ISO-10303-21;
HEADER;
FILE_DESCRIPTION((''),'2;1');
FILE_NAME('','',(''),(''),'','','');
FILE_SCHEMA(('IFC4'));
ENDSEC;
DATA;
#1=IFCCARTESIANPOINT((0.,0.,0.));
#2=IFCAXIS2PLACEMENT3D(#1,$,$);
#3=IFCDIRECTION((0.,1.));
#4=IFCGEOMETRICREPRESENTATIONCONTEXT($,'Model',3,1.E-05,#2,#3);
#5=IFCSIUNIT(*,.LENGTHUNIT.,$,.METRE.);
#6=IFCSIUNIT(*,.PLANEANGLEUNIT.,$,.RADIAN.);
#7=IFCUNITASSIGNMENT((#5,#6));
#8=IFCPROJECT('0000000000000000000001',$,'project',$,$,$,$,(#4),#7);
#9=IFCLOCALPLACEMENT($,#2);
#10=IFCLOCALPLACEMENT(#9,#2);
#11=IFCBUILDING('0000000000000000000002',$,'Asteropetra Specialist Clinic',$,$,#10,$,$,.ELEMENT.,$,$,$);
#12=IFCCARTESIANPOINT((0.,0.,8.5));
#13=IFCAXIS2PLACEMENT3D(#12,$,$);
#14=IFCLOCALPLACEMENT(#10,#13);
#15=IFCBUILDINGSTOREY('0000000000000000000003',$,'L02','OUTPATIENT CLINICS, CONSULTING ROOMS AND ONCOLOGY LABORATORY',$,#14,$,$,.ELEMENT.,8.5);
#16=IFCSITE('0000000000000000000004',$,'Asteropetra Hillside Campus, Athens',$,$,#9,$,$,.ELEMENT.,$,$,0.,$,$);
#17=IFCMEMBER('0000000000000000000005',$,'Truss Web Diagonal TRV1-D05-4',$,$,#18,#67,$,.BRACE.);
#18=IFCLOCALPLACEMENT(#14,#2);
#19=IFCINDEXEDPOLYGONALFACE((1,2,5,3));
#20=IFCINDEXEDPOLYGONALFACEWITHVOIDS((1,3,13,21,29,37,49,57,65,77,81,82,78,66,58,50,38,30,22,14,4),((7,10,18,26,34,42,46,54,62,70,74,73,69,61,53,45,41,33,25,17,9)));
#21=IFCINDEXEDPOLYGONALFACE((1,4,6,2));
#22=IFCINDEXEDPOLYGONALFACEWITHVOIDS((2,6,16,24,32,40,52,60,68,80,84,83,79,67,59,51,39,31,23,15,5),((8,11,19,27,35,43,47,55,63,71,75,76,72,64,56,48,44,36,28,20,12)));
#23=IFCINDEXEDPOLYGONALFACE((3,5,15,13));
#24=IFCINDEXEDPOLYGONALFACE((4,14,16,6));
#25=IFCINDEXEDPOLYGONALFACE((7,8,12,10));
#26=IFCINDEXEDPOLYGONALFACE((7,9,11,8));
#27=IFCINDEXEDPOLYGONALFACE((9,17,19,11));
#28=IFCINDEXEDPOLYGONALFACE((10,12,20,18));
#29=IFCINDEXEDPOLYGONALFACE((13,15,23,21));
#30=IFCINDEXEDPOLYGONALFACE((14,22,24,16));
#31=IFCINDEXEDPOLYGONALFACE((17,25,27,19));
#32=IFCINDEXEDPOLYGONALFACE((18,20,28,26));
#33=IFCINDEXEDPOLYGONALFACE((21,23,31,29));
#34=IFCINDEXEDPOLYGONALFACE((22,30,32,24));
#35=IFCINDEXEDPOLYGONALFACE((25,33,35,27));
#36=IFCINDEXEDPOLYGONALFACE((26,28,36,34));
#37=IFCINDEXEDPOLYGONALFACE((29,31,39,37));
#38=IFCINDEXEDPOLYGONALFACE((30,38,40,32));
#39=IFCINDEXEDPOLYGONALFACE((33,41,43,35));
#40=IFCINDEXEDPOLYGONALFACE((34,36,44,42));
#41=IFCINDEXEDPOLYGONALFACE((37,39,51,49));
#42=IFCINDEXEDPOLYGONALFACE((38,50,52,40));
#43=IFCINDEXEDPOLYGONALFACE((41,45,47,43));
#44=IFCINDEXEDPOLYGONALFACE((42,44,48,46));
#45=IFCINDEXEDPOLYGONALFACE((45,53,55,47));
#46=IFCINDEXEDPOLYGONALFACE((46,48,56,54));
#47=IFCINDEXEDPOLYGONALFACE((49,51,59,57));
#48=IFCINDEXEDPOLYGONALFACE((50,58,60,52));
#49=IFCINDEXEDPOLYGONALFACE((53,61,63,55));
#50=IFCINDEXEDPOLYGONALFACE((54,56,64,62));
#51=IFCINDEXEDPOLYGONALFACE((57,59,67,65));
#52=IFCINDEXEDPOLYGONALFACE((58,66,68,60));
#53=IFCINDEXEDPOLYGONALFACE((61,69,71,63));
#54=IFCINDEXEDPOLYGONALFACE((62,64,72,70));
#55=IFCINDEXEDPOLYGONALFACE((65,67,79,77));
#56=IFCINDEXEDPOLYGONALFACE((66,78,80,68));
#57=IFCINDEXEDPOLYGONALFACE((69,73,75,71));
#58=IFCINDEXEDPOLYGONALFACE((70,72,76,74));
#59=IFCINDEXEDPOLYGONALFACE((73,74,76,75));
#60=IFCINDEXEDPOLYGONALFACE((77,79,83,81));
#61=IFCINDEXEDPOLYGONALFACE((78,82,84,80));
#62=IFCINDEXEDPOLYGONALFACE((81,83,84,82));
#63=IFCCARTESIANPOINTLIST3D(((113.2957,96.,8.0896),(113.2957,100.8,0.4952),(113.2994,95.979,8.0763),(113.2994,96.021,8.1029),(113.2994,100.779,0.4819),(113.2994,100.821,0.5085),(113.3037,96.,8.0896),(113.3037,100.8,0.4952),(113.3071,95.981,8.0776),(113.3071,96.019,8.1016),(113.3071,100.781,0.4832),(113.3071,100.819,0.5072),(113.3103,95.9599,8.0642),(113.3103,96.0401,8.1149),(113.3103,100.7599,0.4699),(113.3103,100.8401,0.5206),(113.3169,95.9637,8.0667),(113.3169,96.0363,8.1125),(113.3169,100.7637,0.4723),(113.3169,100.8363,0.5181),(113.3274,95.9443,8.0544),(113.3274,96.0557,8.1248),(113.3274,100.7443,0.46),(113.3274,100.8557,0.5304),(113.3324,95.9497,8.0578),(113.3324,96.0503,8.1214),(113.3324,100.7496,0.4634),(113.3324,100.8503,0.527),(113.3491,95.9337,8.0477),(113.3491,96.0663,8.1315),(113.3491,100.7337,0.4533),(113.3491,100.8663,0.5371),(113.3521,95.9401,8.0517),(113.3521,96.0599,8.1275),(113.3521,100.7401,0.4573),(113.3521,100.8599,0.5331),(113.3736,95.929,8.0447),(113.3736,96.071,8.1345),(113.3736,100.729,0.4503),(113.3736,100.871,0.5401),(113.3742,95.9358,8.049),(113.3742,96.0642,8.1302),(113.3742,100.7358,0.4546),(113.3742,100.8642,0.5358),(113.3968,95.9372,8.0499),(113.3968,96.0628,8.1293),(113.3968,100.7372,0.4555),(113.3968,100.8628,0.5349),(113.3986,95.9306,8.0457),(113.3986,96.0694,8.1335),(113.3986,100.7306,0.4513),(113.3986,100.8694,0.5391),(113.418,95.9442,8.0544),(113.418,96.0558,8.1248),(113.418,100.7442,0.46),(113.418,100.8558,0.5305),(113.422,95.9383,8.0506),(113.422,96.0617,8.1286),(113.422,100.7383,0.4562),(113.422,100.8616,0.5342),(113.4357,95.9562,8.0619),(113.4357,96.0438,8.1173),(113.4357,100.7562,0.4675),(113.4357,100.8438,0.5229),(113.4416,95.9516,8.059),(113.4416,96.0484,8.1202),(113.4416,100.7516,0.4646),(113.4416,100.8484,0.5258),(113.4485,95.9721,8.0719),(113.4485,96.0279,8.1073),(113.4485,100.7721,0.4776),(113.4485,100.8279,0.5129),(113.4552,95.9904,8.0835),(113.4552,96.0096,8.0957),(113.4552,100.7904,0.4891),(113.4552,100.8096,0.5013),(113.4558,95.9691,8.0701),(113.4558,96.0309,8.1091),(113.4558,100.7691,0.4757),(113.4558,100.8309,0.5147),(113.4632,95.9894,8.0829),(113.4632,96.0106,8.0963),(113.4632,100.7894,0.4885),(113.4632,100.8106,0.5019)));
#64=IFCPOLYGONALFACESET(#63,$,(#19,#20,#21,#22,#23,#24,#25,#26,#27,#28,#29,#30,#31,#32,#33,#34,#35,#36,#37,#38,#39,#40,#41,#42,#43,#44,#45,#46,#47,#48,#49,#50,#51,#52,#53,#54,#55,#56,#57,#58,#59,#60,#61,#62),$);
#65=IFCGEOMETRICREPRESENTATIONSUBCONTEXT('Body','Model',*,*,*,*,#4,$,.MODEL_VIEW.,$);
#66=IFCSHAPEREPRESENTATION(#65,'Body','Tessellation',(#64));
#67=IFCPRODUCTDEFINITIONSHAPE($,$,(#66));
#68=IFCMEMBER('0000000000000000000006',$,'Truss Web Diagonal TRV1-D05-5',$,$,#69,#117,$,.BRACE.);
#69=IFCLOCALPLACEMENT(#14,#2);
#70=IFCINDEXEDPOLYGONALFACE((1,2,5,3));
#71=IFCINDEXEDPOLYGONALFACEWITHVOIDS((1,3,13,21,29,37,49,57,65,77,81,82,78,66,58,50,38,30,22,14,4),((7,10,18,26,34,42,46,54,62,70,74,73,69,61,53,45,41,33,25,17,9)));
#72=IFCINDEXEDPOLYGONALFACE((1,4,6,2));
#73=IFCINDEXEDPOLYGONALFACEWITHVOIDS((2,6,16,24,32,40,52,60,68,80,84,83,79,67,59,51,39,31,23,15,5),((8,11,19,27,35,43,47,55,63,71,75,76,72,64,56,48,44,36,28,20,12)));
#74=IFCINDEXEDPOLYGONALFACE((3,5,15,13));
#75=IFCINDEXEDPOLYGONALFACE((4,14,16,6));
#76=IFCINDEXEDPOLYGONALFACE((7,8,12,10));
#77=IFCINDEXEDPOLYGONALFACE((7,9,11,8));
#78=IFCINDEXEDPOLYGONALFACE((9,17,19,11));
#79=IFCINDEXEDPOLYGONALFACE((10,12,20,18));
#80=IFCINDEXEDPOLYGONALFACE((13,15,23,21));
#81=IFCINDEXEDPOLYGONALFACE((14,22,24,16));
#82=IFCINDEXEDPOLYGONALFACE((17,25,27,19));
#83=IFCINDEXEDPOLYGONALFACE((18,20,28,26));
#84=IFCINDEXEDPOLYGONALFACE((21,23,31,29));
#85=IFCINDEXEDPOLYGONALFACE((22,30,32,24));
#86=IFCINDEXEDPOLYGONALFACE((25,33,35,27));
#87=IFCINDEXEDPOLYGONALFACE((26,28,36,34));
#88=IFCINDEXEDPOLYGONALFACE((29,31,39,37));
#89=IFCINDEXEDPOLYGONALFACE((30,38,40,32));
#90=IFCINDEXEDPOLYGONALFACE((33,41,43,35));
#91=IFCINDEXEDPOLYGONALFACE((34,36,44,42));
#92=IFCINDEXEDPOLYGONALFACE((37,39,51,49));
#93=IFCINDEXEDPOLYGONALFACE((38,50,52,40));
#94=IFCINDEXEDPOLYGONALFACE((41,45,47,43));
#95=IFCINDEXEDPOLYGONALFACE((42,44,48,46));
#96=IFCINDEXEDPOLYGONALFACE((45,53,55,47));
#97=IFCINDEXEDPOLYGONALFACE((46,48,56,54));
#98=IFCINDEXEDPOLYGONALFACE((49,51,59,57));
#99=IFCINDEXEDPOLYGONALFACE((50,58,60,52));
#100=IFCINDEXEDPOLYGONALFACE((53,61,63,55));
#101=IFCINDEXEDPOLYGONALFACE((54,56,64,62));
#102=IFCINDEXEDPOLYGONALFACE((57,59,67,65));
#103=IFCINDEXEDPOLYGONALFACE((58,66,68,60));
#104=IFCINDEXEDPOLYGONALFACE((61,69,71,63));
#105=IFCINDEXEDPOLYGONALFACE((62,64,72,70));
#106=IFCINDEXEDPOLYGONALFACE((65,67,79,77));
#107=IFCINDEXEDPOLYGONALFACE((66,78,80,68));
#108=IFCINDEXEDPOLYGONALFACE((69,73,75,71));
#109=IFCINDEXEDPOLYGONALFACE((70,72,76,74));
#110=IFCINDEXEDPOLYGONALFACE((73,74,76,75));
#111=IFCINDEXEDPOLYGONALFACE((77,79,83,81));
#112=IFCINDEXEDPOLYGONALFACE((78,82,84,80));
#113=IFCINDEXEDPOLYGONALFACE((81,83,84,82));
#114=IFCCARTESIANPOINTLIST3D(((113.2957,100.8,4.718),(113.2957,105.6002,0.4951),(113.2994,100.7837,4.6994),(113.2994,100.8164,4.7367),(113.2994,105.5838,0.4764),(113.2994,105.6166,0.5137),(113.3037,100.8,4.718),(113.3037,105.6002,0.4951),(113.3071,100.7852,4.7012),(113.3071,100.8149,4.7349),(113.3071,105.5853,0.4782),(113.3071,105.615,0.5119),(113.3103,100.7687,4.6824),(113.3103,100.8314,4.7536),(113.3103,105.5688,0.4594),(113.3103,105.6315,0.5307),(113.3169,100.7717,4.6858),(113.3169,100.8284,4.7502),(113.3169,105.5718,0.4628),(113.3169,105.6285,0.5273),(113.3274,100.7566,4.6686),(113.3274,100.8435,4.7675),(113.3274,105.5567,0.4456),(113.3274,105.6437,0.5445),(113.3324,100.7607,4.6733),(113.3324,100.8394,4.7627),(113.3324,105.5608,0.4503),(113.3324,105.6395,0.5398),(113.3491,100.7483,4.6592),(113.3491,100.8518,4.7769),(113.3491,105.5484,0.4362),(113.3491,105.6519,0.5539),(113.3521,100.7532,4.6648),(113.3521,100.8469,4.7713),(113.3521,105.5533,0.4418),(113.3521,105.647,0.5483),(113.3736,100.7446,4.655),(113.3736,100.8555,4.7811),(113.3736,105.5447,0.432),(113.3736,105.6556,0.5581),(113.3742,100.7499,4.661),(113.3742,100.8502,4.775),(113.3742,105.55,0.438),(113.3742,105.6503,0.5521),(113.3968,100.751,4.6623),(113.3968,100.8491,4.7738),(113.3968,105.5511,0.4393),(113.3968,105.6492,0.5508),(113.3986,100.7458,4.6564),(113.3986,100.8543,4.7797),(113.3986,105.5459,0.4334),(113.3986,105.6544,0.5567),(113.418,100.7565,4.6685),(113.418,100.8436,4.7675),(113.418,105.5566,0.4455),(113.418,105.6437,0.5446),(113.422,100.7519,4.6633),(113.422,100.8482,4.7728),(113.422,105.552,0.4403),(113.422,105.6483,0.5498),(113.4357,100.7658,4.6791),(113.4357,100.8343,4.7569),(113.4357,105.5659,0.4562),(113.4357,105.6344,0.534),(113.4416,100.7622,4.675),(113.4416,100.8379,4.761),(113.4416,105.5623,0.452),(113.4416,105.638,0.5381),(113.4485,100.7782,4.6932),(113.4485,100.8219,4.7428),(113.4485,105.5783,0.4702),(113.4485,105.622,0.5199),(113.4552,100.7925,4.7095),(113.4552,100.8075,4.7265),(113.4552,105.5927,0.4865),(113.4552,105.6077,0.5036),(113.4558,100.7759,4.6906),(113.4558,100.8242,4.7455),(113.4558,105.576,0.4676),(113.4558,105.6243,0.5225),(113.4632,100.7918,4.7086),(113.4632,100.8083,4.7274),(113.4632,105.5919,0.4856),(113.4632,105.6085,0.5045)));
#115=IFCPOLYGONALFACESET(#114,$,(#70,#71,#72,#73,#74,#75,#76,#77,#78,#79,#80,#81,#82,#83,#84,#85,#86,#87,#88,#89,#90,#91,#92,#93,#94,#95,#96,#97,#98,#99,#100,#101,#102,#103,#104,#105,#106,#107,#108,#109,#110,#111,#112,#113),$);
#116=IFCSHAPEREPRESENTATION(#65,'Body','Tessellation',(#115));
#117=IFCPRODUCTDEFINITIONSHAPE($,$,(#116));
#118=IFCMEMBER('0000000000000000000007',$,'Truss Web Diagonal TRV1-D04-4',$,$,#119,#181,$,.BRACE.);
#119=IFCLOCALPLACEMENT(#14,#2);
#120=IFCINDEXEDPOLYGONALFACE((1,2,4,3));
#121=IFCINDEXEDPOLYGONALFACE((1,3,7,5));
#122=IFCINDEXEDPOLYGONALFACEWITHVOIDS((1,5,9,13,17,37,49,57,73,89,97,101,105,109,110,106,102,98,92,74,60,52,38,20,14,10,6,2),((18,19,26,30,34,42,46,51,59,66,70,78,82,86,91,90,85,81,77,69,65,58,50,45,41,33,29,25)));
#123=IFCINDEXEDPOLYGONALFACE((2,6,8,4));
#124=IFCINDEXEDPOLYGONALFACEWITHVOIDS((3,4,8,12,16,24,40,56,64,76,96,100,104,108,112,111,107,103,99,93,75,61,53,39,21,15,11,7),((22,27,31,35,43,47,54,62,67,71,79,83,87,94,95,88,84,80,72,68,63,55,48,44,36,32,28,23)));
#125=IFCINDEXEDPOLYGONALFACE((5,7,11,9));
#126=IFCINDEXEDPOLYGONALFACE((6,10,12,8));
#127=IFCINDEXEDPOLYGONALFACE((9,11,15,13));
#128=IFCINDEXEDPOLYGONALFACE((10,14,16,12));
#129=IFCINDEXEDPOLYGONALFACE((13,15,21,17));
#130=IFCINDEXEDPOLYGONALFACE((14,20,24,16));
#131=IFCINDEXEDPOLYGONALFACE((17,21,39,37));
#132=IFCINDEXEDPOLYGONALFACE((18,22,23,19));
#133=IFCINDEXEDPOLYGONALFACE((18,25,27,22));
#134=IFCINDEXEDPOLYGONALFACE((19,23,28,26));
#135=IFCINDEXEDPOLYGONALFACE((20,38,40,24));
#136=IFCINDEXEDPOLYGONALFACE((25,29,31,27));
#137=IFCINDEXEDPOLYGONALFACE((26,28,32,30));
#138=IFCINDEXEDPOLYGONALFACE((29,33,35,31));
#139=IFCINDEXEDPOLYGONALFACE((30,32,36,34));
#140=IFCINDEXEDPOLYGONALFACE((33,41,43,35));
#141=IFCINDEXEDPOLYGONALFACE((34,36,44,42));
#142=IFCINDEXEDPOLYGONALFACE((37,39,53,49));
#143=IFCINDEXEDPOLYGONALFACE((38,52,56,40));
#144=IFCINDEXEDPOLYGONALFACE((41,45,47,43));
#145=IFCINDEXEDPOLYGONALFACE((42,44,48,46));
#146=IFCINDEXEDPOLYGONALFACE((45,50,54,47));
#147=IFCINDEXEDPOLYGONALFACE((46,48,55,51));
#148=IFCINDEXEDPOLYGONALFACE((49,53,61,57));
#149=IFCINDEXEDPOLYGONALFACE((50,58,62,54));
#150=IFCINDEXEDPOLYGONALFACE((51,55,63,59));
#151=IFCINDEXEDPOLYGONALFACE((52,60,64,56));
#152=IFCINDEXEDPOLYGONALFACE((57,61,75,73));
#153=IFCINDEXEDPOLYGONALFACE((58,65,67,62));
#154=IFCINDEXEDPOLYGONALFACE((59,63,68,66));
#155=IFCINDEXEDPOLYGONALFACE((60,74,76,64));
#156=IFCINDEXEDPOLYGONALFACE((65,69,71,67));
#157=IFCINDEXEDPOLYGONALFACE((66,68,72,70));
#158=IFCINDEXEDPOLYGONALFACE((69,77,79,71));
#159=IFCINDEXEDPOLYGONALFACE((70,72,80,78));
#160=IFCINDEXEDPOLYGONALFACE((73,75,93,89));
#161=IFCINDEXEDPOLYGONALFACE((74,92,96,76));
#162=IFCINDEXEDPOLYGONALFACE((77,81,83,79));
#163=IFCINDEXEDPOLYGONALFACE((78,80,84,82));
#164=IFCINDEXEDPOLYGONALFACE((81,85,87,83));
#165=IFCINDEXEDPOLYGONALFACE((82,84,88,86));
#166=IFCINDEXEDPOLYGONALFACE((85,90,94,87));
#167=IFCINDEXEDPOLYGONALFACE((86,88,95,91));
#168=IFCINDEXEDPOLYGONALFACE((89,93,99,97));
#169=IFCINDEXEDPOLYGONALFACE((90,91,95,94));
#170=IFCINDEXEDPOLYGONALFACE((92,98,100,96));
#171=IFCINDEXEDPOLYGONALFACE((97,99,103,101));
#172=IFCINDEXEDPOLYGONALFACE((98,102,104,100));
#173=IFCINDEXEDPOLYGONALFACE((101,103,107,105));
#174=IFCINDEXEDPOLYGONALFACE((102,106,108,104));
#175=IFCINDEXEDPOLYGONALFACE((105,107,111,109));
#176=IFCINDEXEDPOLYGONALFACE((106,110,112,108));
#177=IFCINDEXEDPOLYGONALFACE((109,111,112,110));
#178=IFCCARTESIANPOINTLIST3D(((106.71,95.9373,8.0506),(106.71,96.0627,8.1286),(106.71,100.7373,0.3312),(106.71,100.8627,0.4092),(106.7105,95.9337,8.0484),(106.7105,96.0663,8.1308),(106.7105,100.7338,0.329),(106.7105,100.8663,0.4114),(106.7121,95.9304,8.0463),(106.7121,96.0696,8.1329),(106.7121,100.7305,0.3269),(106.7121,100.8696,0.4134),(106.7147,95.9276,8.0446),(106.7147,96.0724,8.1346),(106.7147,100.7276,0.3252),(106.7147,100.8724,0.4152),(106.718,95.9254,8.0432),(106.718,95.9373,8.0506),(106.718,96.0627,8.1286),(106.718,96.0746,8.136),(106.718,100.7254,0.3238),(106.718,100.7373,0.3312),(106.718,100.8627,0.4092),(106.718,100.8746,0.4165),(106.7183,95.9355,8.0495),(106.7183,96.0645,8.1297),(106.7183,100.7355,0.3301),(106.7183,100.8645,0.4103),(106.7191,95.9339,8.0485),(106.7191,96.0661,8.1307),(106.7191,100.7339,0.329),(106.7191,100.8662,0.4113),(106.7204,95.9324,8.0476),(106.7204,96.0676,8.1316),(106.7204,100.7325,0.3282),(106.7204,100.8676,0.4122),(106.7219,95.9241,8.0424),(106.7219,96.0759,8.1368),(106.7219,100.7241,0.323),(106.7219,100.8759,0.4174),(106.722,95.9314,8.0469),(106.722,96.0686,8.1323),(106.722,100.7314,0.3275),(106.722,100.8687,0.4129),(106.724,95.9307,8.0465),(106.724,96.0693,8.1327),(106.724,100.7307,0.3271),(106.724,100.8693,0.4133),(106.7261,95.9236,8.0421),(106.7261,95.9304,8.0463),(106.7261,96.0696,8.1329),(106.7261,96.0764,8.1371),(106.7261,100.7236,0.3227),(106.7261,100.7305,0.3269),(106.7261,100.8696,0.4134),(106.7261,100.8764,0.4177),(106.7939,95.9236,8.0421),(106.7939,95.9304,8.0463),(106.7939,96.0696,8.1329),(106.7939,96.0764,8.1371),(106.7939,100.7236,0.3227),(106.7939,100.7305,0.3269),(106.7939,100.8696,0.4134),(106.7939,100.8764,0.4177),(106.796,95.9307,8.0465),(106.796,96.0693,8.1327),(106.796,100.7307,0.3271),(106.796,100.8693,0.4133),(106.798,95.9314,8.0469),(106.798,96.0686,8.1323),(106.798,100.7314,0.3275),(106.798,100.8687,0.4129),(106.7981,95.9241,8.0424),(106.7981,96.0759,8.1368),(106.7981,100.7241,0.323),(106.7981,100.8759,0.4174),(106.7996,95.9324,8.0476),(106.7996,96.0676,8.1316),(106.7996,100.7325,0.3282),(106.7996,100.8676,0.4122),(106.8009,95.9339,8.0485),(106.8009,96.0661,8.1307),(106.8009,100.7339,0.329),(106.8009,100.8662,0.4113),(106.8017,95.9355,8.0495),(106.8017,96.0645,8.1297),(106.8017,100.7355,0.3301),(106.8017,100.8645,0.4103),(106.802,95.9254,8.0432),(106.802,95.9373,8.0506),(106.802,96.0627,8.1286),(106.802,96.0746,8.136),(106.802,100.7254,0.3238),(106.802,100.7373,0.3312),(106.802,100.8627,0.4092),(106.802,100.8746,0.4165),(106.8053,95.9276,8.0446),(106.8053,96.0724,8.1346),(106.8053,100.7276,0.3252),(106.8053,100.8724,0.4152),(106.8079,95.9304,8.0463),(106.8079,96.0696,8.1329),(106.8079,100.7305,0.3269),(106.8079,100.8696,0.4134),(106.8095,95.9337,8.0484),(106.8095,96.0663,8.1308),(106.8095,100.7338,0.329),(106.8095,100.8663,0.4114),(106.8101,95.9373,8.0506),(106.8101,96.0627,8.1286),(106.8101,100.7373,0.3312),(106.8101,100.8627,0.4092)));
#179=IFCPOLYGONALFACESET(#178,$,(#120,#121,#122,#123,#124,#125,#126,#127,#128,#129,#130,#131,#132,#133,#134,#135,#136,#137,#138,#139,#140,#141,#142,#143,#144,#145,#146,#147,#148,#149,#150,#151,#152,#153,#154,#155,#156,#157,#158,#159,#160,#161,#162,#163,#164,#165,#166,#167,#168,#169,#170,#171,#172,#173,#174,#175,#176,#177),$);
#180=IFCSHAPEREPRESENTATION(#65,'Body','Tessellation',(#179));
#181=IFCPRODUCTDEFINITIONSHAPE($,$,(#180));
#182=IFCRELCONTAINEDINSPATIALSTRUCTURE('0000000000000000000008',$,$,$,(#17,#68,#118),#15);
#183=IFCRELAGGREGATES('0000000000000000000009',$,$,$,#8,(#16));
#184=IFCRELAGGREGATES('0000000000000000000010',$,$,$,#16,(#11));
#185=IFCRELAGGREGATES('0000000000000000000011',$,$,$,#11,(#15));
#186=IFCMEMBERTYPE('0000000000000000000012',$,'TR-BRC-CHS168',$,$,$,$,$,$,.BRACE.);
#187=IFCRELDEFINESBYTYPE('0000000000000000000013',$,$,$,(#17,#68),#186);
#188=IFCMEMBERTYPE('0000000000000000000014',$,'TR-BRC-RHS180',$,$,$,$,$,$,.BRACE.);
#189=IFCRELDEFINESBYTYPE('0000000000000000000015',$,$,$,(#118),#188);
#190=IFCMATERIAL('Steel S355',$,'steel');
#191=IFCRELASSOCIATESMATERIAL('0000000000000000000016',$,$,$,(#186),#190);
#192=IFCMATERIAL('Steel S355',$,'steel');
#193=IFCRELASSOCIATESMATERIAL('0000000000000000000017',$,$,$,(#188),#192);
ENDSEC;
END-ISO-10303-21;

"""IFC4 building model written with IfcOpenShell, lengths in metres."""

from ifc_helpers import new_model, si_unit, direction, frame, origin, origin_2d, place, context, subcontext, project, spatial, hollow_rectangle, hollow_circle, extrude, material, material_profile, profile_set, type_object, element, save


model = new_model("IFC4")

# Units and contexts
model_context = context("Model", 3, precision=1e-05, world=origin(), true_north=direction((0.0, 1.0)))
body_context = subcontext(model_context, "Body", "Model", "MODEL_VIEW")
ifc_project = project(units=[si_unit("LENGTHUNIT", "METRE"), si_unit("PLANEANGLEUNIT", "RADIAN")], contexts=[model_context])

# Site, building, storey
site_placement = place(None, origin())
site = spatial("IfcSite", under=ifc_project, at=site_placement, Name="Asteropetra Hillside Campus, Athens", CompositionType="ELEMENT", RefElevation=0.0)
building_placement = place(site_placement, origin())
building = spatial("IfcBuilding", under=site, at=building_placement, Name="Asteropetra Specialist Clinic", CompositionType="ELEMENT")
storey_placement = place(building_placement, frame((0.0, 0.0, 8.5)))
storey = spatial("IfcBuildingStorey", under=building, at=storey_placement, Name="L02", Description="OUTPATIENT CLINICS, CONSULTING ROOMS AND ONCOLOGY LABORATORY", CompositionType="ELEMENT", Elevation=8.5)

# Members
ifc_material_1 = material(Name="Steel S355", Category="steel")
ifc_material_profile_1 = material_profile(ifc_material_1, hollow_circle(Radius=0.0842, WallThickness=0.0081, at=origin_2d()), Name="CHS 168.3x8.0")
ifc_profile_set_1 = profile_set([ifc_material_profile_1], Name="Steel S355")
member_type_1 = type_object("IfcMemberType", Name="TR-BRC-CHS168", PredefinedType="BRACE", material=ifc_profile_set_1)
member_1_placement = place(storey_placement, frame((113.3799, 96.0, 8.0896), z_axis=(0.0, 0.534274, -0.845311), x_axis=(-1.0, 0.0, 0.0)))
element("IfcMember", 1, at=member_1_placement, inside=storey, type_object=member_type_1, Name="Truss Web Diagonal TRV1-D05-4", PredefinedType="BRACE", context=body_context, shape_type="SweptSolid", body=[
    extrude(hollow_circle(Radius=0.0842, WallThickness=0.0081, at=origin_2d()), origin(), (0.0, 0.0, 1.0), 8.9841),
])
member_2_placement = place(storey_placement, frame((113.3799, 100.8, 4.718), z_axis=(0.0, 0.750802, -0.660527), x_axis=(-1.0, 0.0, 0.0)))
element("IfcMember", 2, at=member_2_placement, inside=storey, type_object=member_type_1, Name="Truss Web Diagonal TRV1-D05-5", PredefinedType="BRACE", context=body_context, shape_type="SweptSolid", body=[
    extrude(hollow_circle(Radius=0.0842, WallThickness=0.0081, at=origin_2d()), origin(), (0.0, 0.0, 1.0), 6.3933),
])
ifc_material_2 = material(Name="Steel S355", Category="steel")
ifc_material_profile_2 = material_profile(ifc_material_2, hollow_rectangle(XDim=0.1001, YDim=0.1799, WallThickness=0.0081, InnerFilletRadius=0.0081, OuterFilletRadius=0.0161, at=origin_2d()), Name="RHS 180x100x8.0")
ifc_profile_set_2 = profile_set([ifc_material_profile_2], Name="Steel S355")
member_type_2 = type_object("IfcMemberType", Name="TR-BRC-RHS180", PredefinedType="BRACE", material=ifc_profile_set_2)
member_3_placement = place(storey_placement, frame((106.76, 96.0, 8.0896), z_axis=(0.0, 0.528049, -0.849214), x_axis=(-1.0, 0.0, 0.0)))
element("IfcMember", 3, at=member_3_placement, inside=storey, type_object=member_type_2, Name="Truss Web Diagonal TRV1-D04-4", PredefinedType="BRACE", context=body_context, shape_type="SweptSolid", body=[
    extrude(hollow_rectangle(XDim=0.1001, YDim=0.1799, WallThickness=0.0081, InnerFilletRadius=0.0081, OuterFilletRadius=0.0161, at=origin_2d()), origin(), (0.0, 0.0, 1.0), 9.0901),
])

save(model, "model.ifc")
